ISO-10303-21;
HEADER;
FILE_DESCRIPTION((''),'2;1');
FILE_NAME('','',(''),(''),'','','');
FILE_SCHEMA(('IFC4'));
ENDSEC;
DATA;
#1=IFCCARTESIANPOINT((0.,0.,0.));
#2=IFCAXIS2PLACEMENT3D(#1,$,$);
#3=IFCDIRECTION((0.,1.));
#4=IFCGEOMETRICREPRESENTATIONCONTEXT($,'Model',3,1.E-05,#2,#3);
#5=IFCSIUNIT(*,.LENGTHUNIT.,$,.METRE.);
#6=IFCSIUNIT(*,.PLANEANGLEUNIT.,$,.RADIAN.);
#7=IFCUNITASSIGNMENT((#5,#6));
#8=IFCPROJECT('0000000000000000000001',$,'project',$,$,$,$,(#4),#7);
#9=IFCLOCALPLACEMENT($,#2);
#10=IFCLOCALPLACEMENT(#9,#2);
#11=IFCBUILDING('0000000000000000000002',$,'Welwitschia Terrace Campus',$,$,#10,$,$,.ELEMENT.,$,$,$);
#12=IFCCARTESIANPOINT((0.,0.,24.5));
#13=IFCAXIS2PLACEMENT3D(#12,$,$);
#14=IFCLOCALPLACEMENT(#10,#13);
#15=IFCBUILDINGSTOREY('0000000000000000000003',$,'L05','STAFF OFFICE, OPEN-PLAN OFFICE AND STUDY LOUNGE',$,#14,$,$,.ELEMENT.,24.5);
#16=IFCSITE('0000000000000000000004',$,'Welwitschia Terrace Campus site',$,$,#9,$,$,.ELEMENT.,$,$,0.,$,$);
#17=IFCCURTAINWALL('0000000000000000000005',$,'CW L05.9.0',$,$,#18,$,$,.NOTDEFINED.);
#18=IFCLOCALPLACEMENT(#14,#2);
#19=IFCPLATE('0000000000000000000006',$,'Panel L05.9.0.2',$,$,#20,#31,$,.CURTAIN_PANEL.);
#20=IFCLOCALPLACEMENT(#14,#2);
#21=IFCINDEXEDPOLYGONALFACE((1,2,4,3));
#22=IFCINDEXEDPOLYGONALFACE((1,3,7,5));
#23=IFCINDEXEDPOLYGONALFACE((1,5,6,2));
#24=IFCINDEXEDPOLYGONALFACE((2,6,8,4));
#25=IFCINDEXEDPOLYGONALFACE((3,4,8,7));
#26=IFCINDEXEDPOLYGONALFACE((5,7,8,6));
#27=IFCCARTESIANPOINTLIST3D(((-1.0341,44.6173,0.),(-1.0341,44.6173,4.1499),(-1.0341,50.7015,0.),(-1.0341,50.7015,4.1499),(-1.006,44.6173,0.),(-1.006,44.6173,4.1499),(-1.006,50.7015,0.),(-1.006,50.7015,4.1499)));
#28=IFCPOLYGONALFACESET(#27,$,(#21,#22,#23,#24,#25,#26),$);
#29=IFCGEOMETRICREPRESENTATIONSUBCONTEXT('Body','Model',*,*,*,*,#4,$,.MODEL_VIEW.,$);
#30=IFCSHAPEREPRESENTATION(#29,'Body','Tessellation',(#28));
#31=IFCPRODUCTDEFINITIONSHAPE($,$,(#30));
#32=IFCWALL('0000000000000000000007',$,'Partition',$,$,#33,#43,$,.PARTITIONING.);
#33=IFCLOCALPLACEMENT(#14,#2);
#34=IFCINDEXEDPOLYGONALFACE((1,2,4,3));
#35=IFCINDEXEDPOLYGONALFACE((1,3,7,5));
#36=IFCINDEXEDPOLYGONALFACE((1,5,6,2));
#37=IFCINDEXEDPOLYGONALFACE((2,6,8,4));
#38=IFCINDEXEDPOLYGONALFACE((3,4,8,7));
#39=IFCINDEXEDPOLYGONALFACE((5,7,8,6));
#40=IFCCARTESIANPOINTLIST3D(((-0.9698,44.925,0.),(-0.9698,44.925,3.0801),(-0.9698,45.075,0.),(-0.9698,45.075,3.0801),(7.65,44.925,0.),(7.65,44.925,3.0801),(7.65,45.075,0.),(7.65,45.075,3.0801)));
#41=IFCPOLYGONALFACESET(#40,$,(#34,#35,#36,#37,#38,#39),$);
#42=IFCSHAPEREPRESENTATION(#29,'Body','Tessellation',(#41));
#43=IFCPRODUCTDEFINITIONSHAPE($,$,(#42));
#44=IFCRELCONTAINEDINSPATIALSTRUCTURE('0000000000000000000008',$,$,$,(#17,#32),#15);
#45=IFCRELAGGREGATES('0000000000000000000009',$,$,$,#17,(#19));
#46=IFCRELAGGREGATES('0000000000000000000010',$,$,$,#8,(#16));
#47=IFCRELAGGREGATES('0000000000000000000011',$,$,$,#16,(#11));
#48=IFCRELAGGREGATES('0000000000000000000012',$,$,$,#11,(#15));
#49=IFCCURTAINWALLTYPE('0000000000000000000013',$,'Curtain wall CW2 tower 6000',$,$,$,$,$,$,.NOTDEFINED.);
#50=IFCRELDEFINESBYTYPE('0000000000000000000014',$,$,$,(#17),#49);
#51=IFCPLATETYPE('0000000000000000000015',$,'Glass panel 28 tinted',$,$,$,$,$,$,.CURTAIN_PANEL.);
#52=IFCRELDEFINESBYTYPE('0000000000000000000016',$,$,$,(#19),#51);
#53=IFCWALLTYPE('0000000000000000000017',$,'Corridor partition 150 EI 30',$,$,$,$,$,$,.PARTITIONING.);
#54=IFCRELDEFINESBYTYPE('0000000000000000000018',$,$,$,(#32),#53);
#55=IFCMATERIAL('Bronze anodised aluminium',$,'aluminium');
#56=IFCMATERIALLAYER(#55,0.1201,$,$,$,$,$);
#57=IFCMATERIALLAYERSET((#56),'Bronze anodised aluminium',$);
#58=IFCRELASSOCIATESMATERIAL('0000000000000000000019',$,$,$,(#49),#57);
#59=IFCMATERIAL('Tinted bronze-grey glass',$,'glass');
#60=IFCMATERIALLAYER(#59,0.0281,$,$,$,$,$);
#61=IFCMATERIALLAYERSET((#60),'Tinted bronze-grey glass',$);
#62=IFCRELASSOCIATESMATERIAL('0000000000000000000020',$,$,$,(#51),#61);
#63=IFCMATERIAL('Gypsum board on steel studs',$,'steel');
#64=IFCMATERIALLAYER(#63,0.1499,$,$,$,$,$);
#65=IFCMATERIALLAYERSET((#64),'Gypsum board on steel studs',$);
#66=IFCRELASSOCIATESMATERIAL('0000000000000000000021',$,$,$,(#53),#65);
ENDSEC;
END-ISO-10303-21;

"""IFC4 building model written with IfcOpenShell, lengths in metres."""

from ifc_helpers import new_model, si_unit, direction, frame, frame_2d, origin, origin_2d, place, context, subcontext, project, spatial, rectangle, extrude, material, layer, layer_set, type_object, element, aggregate, save


model = new_model("IFC4")

# Units and contexts
model_context = context("Model", 3, precision=1e-05, world=origin(), true_north=direction((0.0, 1.0)))
body_context = subcontext(model_context, "Body", "Model", "MODEL_VIEW")
ifc_project = project(units=[si_unit("LENGTHUNIT", "METRE"), si_unit("PLANEANGLEUNIT", "RADIAN")], contexts=[model_context])

# Site, building, storey
site_placement = place(None, origin())
site = spatial("IfcSite", under=ifc_project, at=site_placement, Name="Welwitschia Terrace Campus site", CompositionType="ELEMENT", RefElevation=0.0)
building_placement = place(site_placement, origin())
building = spatial("IfcBuilding", under=site, at=building_placement, Name="Welwitschia Terrace Campus", CompositionType="ELEMENT")
storey_placement = place(building_placement, frame((0.0, 0.0, 24.5)))
storey = spatial("IfcBuildingStorey", under=building, at=storey_placement, Name="L05", Description="STAFF OFFICE, OPEN-PLAN OFFICE AND STUDY LOUNGE", CompositionType="ELEMENT", Elevation=24.5)

# Curtain wall
ifc_material_1 = material(Name="Bronze anodised aluminium", Category="aluminium")
ifc_layer_1 = layer(ifc_material_1, 0.1201)
ifc_layer_set_1 = layer_set([ifc_layer_1], Name="Bronze anodised aluminium")
curtain_wall_type = type_object("IfcCurtainWallType", Name="Curtain wall CW2 tower 6000", PredefinedType="NOTDEFINED", material=ifc_layer_set_1)
curtain_wall_1_placement = place(storey_placement, origin())
curtain_wall_1 = element("IfcCurtainWall", 1, at=curtain_wall_1_placement, inside=storey, type_object=curtain_wall_type, Name="CW L05.9.0", PredefinedType="NOTDEFINED")

# Plate
ifc_material_2 = material(Name="Tinted bronze-grey glass", Category="glass")
ifc_layer_2 = layer(ifc_material_2, 0.0281)
ifc_layer_set_2 = layer_set([ifc_layer_2], Name="Tinted bronze-grey glass")
plate_type = type_object("IfcPlateType", Name="Glass panel 28 tinted", PredefinedType="CURTAIN_PANEL", material=ifc_layer_set_2)
plate_1_placement = place(storey_placement, frame((-1.02, 47.6594, 0.0), z_axis=(0.0, 0.0, 1.0), x_axis=(0.0, -1.0, 0.0)))
plate_1 = element("IfcPlate", 2, at=plate_1_placement, type_object=plate_type, Name="Panel L05.9.0.2", PredefinedType="CURTAIN_PANEL", context=body_context, shape_type="SweptSolid", body=[
    extrude(rectangle(XDim=6.0842, YDim=0.0281, at=origin_2d()), origin(), (0.0, 0.0, 1.0), 4.1499),
])
aggregate(curtain_wall_1, [plate_1])

# Wall
ifc_material_3 = material(Name="Gypsum board on steel studs", Category="steel")
ifc_layer_3 = layer(ifc_material_3, 0.1499)
ifc_layer_set_3 = layer_set([ifc_layer_3], Name="Gypsum board on steel studs")
wall_type = type_object("IfcWallType", Name="Corridor partition 150 EI 30", PredefinedType="PARTITIONING", material=ifc_layer_set_3)
wall_placement = place(storey_placement, frame((-0.97, 45.0, 0.0), z_axis=(0.0, 0.0, 1.0), x_axis=(1.0, 0.0, 0.0)))
element("IfcWall", 3, at=wall_placement, inside=storey, type_object=wall_type, Name="Partition", PredefinedType="PARTITIONING", context=body_context, shape_type="SweptSolid", body=[
    extrude(rectangle(XDim=8.6199, YDim=0.1499, at=frame_2d((4.3101, 0.0))), origin(), (0.0, 0.0, 1.0), 3.0801),
])

save(model, "model.ifc")
